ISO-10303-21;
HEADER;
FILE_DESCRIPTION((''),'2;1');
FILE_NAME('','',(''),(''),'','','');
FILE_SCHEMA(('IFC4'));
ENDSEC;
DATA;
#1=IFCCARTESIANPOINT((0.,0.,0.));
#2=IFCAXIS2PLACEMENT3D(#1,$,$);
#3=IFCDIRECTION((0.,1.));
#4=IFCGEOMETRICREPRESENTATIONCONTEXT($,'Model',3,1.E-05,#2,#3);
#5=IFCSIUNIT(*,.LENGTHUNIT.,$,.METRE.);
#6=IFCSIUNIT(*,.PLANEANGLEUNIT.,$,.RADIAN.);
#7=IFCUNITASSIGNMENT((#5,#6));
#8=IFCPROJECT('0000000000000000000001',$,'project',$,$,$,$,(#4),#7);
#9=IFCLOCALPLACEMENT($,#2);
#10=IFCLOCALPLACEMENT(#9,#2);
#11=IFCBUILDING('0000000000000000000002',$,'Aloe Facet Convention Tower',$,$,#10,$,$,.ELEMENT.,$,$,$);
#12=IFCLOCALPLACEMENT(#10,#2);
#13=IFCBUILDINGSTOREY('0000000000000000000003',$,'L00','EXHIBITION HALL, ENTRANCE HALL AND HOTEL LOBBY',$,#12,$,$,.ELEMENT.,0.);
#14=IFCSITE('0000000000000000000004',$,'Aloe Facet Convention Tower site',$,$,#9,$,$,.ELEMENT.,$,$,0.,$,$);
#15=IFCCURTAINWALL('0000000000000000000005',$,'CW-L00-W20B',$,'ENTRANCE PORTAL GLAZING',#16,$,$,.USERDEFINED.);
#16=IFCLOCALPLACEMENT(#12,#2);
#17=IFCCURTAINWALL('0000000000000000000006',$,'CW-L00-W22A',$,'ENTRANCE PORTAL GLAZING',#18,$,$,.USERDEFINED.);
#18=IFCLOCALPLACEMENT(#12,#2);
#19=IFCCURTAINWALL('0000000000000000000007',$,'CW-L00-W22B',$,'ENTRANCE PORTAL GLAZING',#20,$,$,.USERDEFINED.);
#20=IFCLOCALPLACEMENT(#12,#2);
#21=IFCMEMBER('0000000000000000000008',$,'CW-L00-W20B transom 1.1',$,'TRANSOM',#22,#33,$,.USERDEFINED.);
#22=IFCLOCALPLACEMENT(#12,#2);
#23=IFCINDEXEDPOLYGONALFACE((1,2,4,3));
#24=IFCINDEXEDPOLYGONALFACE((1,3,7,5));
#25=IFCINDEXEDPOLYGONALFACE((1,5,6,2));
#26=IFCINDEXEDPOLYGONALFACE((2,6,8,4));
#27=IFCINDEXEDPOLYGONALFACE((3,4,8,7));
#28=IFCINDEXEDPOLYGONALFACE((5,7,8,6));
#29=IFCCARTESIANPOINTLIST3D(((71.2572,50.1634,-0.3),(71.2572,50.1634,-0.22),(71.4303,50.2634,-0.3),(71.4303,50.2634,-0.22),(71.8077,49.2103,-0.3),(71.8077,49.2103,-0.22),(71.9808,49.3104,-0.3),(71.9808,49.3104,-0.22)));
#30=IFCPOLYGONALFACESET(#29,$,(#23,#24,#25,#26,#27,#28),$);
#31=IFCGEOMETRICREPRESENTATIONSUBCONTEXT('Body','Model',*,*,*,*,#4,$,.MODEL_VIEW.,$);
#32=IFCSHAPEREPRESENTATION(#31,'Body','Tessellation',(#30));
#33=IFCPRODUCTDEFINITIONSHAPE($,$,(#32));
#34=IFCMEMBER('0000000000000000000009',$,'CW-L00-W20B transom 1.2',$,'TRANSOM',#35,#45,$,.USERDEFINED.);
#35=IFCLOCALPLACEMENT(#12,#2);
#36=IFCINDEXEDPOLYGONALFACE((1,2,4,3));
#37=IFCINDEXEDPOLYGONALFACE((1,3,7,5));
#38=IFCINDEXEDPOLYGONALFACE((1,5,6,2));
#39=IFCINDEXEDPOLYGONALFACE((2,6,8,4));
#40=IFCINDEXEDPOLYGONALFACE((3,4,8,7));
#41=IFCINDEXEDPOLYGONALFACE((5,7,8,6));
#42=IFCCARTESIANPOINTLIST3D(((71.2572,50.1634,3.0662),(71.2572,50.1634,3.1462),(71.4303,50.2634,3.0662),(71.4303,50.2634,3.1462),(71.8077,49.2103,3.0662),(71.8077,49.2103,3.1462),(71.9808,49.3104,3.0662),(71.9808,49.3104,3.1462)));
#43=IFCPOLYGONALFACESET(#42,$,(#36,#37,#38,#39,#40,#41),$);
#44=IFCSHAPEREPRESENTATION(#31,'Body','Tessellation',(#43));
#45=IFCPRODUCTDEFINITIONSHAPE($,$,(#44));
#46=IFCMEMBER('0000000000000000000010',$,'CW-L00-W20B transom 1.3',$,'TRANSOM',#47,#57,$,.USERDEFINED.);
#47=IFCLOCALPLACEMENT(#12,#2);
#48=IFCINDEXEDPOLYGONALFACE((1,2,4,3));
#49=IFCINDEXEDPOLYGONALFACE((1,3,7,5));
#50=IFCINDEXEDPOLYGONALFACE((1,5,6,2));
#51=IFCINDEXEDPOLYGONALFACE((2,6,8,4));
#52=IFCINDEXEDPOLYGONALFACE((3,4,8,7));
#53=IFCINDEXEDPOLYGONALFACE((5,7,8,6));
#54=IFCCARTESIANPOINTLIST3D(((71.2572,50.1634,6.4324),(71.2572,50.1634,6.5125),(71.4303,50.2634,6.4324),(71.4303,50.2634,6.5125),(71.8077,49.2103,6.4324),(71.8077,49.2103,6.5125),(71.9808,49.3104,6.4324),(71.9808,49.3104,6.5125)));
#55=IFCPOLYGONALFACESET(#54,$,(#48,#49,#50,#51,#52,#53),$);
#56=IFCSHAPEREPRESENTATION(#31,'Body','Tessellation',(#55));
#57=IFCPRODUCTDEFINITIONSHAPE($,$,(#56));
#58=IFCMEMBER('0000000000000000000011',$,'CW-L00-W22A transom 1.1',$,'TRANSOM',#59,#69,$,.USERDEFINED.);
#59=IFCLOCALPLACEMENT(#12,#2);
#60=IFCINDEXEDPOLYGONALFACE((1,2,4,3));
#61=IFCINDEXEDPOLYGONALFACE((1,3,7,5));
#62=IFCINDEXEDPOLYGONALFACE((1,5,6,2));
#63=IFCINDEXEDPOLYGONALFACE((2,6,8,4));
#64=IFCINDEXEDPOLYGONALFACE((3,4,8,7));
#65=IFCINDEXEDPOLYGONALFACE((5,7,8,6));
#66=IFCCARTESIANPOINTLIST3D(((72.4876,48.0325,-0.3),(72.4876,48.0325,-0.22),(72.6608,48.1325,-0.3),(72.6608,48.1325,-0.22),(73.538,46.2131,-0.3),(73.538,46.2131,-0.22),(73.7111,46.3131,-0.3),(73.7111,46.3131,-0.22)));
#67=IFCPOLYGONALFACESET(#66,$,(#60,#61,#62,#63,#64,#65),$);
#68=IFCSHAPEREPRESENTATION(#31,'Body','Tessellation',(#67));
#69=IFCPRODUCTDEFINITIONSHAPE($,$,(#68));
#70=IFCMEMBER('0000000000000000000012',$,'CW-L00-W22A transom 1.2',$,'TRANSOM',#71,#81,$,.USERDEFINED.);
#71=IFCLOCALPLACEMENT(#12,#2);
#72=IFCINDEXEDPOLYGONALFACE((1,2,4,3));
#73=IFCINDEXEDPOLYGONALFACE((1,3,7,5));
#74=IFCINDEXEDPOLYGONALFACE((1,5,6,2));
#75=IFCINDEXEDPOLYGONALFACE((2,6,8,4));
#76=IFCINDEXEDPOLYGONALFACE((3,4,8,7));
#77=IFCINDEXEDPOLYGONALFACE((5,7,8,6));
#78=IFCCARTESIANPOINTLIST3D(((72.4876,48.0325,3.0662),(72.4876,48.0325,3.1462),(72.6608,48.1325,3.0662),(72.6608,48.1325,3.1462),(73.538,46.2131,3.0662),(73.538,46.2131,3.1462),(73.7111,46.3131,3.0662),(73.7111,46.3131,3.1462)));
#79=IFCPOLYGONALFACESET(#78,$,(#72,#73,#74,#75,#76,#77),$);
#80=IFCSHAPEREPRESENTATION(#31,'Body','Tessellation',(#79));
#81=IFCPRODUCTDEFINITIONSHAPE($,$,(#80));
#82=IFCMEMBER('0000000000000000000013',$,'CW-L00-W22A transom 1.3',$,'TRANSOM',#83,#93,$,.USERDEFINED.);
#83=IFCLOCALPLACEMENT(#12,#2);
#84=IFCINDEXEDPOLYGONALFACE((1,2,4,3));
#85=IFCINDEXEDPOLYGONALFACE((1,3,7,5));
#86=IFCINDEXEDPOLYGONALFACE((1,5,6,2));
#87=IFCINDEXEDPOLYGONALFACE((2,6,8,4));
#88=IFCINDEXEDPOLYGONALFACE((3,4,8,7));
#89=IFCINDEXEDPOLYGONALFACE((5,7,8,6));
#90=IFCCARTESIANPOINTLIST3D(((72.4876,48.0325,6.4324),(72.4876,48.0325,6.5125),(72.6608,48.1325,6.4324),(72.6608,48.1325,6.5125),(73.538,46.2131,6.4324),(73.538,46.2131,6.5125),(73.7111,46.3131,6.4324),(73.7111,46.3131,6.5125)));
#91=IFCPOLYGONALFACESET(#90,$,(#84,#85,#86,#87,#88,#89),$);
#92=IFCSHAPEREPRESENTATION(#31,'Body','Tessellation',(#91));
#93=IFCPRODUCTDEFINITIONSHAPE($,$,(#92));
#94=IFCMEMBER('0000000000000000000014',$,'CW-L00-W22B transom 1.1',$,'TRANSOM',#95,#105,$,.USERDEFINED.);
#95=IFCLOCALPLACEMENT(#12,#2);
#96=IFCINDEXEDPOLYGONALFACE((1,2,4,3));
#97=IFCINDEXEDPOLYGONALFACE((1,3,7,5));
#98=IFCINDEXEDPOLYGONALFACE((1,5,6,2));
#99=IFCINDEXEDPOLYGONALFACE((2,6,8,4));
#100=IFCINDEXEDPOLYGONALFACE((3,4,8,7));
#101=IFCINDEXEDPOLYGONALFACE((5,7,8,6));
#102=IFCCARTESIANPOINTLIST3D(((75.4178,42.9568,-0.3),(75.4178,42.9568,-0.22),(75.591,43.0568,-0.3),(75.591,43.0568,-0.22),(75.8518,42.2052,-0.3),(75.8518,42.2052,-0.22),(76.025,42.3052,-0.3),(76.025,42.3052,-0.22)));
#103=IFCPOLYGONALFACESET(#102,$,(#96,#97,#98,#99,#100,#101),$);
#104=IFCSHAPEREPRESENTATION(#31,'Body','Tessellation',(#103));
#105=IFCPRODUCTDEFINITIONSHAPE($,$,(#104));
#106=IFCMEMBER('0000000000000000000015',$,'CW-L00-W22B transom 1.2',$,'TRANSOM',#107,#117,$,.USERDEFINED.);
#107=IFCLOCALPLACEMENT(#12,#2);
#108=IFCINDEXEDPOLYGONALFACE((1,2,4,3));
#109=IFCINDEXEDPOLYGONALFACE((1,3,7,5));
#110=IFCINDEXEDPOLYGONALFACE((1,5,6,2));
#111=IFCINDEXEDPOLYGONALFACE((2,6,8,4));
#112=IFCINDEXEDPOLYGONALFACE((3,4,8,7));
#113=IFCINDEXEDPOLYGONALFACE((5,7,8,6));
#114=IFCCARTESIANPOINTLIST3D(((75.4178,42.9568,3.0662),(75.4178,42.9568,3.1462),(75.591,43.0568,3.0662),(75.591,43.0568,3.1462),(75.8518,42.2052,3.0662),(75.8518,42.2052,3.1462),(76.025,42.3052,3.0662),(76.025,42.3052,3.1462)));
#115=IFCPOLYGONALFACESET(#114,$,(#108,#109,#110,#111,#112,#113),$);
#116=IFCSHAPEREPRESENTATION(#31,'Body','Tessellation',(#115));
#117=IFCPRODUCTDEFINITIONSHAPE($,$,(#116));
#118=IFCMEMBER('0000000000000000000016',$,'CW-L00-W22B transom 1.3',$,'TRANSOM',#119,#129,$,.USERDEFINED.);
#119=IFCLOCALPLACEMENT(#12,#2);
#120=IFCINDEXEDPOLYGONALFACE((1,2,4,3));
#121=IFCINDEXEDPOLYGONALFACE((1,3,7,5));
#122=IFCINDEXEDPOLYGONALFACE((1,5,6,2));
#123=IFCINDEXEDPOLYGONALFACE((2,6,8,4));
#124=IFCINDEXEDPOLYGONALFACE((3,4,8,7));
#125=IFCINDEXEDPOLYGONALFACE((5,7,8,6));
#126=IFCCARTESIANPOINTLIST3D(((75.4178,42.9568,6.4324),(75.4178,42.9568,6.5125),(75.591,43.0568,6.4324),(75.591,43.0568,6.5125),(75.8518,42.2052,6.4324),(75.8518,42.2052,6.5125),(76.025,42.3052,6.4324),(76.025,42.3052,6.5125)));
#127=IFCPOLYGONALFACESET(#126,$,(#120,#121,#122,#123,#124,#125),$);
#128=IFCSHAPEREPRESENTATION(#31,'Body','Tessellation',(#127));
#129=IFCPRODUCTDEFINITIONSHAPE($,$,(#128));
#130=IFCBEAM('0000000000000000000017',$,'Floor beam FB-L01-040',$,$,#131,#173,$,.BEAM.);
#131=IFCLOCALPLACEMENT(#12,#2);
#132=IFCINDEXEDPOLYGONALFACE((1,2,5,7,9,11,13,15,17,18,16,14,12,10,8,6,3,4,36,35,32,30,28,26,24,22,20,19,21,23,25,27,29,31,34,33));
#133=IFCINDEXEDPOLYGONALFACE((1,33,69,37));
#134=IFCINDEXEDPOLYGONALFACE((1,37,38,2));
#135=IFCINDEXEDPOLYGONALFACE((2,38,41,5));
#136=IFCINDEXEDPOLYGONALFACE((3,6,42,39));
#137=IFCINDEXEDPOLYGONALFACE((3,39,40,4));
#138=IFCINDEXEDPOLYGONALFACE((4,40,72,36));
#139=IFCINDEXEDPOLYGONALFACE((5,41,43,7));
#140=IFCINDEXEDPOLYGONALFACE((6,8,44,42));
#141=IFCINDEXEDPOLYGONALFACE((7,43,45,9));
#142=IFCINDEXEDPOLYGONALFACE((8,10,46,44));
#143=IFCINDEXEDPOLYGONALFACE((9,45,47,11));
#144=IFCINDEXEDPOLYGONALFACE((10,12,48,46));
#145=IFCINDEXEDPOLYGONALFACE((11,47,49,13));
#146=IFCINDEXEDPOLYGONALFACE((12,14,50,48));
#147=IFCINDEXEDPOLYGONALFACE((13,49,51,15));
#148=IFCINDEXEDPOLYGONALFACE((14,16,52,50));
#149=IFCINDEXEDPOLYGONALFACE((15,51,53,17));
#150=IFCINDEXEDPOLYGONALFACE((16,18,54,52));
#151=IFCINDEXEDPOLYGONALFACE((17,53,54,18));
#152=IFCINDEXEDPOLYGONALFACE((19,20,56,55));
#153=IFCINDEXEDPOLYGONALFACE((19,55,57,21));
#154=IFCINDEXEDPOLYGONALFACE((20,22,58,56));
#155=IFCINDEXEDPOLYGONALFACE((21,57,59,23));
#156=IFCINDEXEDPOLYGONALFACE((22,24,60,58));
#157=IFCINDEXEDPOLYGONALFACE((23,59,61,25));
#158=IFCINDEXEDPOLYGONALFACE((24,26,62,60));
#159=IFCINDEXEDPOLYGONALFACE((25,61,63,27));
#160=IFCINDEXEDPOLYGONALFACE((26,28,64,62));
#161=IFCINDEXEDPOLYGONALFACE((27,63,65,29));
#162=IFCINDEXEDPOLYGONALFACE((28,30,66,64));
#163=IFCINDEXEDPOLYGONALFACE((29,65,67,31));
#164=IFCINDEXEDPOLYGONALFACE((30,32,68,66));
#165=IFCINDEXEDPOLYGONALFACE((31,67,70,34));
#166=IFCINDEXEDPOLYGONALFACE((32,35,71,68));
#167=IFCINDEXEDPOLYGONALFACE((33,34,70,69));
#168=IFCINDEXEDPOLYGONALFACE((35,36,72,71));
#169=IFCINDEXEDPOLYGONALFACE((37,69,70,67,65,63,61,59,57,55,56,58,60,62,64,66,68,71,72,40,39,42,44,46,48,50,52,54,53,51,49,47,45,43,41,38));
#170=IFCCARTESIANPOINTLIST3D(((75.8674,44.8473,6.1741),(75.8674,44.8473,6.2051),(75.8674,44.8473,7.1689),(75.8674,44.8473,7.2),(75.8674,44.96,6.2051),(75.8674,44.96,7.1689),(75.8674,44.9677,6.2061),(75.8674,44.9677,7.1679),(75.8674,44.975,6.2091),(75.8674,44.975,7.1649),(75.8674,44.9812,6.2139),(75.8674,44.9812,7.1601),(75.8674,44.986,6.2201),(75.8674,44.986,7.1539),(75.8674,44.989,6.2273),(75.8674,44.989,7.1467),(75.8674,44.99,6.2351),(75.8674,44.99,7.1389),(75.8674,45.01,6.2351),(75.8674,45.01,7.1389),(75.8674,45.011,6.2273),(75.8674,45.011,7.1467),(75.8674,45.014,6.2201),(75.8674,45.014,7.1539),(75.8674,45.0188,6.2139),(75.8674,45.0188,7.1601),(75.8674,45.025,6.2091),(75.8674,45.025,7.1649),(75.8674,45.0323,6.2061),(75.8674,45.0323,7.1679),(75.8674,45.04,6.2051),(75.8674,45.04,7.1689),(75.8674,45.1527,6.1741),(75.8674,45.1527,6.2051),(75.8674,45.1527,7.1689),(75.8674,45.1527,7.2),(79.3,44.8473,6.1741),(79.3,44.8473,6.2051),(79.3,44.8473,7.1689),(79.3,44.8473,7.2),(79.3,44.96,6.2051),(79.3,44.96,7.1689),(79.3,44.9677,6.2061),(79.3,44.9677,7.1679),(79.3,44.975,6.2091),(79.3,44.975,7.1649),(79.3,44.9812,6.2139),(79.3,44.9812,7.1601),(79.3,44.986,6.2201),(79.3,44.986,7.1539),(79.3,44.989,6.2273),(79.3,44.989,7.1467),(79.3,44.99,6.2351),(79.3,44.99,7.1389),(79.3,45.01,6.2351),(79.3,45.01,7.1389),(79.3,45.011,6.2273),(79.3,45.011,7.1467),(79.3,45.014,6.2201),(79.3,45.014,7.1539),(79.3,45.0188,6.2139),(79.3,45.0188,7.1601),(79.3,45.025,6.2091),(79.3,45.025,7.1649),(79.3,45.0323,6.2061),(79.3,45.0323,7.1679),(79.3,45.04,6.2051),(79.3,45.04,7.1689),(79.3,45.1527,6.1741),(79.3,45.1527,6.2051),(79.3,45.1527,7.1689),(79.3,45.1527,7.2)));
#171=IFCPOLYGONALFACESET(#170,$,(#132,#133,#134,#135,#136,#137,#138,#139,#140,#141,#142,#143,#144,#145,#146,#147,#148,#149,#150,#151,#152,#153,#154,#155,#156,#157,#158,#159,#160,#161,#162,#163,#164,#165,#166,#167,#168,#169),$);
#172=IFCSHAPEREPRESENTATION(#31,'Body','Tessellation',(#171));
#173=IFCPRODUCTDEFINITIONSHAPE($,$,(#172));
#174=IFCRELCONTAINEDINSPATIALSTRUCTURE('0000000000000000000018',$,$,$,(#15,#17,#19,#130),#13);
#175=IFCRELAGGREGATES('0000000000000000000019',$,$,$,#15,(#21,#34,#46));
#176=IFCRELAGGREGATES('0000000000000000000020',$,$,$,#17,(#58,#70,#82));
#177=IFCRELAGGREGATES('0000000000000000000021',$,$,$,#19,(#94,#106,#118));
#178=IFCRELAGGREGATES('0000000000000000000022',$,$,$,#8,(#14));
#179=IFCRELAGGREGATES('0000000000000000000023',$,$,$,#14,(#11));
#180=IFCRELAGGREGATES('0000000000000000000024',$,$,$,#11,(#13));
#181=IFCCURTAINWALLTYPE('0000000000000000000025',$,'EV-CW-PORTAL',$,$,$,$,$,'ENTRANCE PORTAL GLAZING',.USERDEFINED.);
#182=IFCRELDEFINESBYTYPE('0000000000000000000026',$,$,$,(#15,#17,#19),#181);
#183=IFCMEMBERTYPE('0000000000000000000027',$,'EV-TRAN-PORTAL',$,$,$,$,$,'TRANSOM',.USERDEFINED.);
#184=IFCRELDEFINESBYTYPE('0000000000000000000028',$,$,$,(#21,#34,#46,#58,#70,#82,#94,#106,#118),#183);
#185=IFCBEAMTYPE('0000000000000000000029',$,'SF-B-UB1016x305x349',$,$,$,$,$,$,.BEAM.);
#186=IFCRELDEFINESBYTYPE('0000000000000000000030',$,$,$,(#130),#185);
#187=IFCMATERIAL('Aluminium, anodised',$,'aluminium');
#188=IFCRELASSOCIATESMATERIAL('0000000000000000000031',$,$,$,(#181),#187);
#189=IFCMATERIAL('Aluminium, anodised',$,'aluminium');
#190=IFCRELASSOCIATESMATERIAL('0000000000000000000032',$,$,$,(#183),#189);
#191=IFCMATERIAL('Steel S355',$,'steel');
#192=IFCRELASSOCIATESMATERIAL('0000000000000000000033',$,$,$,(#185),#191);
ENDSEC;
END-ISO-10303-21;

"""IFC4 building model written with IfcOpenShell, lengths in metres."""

from ifc_helpers import new_model, si_unit, direction, frame, origin, origin_2d, place, context, subcontext, project, spatial, rectangle, i_section, extrude, material, material_profile, profile_set, type_object, element, aggregate, save


model = new_model("IFC4")

# Units and contexts
model_context = context("Model", 3, precision=1e-05, world=origin(), true_north=direction((0.0, 1.0)))
body_context = subcontext(model_context, "Body", "Model", "MODEL_VIEW")
ifc_project = project(units=[si_unit("LENGTHUNIT", "METRE"), si_unit("PLANEANGLEUNIT", "RADIAN")], contexts=[model_context])

# Site, building, storey
site_placement = place(None, origin())
site = spatial("IfcSite", under=ifc_project, at=site_placement, Name="Aloe Facet Convention Tower site", CompositionType="ELEMENT", RefElevation=0.0)
building_placement = place(site_placement, origin())
building = spatial("IfcBuilding", under=site, at=building_placement, Name="Aloe Facet Convention Tower", CompositionType="ELEMENT")
storey_placement = place(building_placement, origin())
storey = spatial("IfcBuildingStorey", under=building, at=storey_placement, Name="L00", Description="EXHIBITION HALL, ENTRANCE HALL AND HOTEL LOBBY", CompositionType="ELEMENT", Elevation=0.0)

# Curtain wall
ifc_material_1 = material(Name="Aluminium, anodised", Category="aluminium")
curtain_wall_type = type_object("IfcCurtainWallType", Name="EV-CW-PORTAL", ElementType="ENTRANCE PORTAL GLAZING", PredefinedType="USERDEFINED", material=ifc_material_1)
curtain_wall_1_placement = place(storey_placement, origin())
curtain_wall_1 = element("IfcCurtainWall", 1, at=curtain_wall_1_placement, inside=storey, type_object=curtain_wall_type, Name="CW-L00-W20B", ObjectType="ENTRANCE PORTAL GLAZING", PredefinedType="USERDEFINED")

# Curtain walls
curtain_wall_2_placement = place(storey_placement, origin())
curtain_wall_2 = element("IfcCurtainWall", 2, at=curtain_wall_2_placement, inside=storey, type_object=curtain_wall_type, Name="CW-L00-W22A", ObjectType="ENTRANCE PORTAL GLAZING", PredefinedType="USERDEFINED")
curtain_wall_3_placement = place(storey_placement, origin())
curtain_wall_3 = element("IfcCurtainWall", 3, at=curtain_wall_3_placement, inside=storey, type_object=curtain_wall_type, Name="CW-L00-W22B", ObjectType="ENTRANCE PORTAL GLAZING", PredefinedType="USERDEFINED")

# Members
ifc_material_2 = material(Name="Aluminium, anodised", Category="aluminium")
ifc_material_profile_1 = material_profile(ifc_material_2, rectangle(XDim=0.2, YDim=0.0801, at=origin_2d()), Name="AL 200x80")
ifc_profile_set_1 = profile_set([ifc_material_profile_1], Name="Aluminium, anodised")
member_type_1 = type_object("IfcMemberType", Name="EV-TRAN-PORTAL", ElementType="TRANSOM", PredefinedType="USERDEFINED", material=ifc_profile_set_1)
member_1_placement = place(storey_placement, frame((71.3438, 50.2134, -0.26), z_axis=(0.50017, -0.865927, 0.0), x_axis=(0.865927, 0.50017, 0.0)))
member_1 = element("IfcMember", 4, at=member_1_placement, type_object=member_type_1, Name="CW-L00-W20B transom 1.1", ObjectType="TRANSOM", PredefinedType="USERDEFINED", context=body_context, shape_type="SweptSolid", body=[
    extrude(rectangle(XDim=0.2, YDim=0.0801, at=origin_2d()), origin(), (0.0, 0.0, 1.0), 1.1006),
])
member_2_placement = place(storey_placement, frame((71.3438, 50.2134, 3.1062), z_axis=(0.50017, -0.865927, 0.0), x_axis=(0.865927, 0.50017, 0.0)))
member_2 = element("IfcMember", 5, at=member_2_placement, type_object=member_type_1, Name="CW-L00-W20B transom 1.2", ObjectType="TRANSOM", PredefinedType="USERDEFINED", context=body_context, shape_type="SweptSolid", body=[
    extrude(rectangle(XDim=0.2, YDim=0.0801, at=origin_2d()), origin(), (0.0, 0.0, 1.0), 1.1006),
])
member_3_placement = place(storey_placement, frame((71.3438, 50.2134, 6.4724), z_axis=(0.50017, -0.865927, 0.0), x_axis=(0.865927, 0.50017, 0.0)))
member_3 = element("IfcMember", 6, at=member_3_placement, type_object=member_type_1, Name="CW-L00-W20B transom 1.3", ObjectType="TRANSOM", PredefinedType="USERDEFINED", context=body_context, shape_type="SweptSolid", body=[
    extrude(rectangle(XDim=0.2, YDim=0.0801, at=origin_2d()), origin(), (0.0, 0.0, 1.0), 1.1006),
])
member_4_placement = place(storey_placement, frame((72.5742, 48.0825, -0.26), z_axis=(0.499964, -0.866046, 0.0), x_axis=(0.866046, 0.499964, 0.0)))
member_4 = element("IfcMember", 7, at=member_4_placement, type_object=member_type_1, Name="CW-L00-W22A transom 1.1", ObjectType="TRANSOM", PredefinedType="USERDEFINED", context=body_context, shape_type="SweptSolid", body=[
    extrude(rectangle(XDim=0.2, YDim=0.0801, at=origin_2d()), origin(), (0.0, 0.0, 1.0), 2.1008),
])
member_5_placement = place(storey_placement, frame((72.5742, 48.0825, 3.1062), z_axis=(0.499964, -0.866046, 0.0), x_axis=(0.866046, 0.499964, 0.0)))
member_5 = element("IfcMember", 8, at=member_5_placement, type_object=member_type_1, Name="CW-L00-W22A transom 1.2", ObjectType="TRANSOM", PredefinedType="USERDEFINED", context=body_context, shape_type="SweptSolid", body=[
    extrude(rectangle(XDim=0.2, YDim=0.0801, at=origin_2d()), origin(), (0.0, 0.0, 1.0), 2.1008),
])
member_6_placement = place(storey_placement, frame((72.5742, 48.0825, 6.4724), z_axis=(0.499964, -0.866046, 0.0), x_axis=(0.866046, 0.499964, 0.0)))
member_6 = element("IfcMember", 9, at=member_6_placement, type_object=member_type_1, Name="CW-L00-W22A transom 1.3", ObjectType="TRANSOM", PredefinedType="USERDEFINED", context=body_context, shape_type="SweptSolid", body=[
    extrude(rectangle(XDim=0.2, YDim=0.0801, at=origin_2d()), origin(), (0.0, 0.0, 1.0), 2.1008),
])
member_7_placement = place(storey_placement, frame((75.5044, 43.0068, -0.26), z_axis=(0.500071, -0.865984, 0.0), x_axis=(0.865984, 0.500071, 0.0)))
member_7 = element("IfcMember", 10, at=member_7_placement, type_object=member_type_1, Name="CW-L00-W22B transom 1.1", ObjectType="TRANSOM", PredefinedType="USERDEFINED", context=body_context, shape_type="SweptSolid", body=[
    extrude(rectangle(XDim=0.2, YDim=0.0801, at=origin_2d()), origin(), (0.0, 0.0, 1.0), 0.8679),
])
member_8_placement = place(storey_placement, frame((75.5044, 43.0068, 3.1062), z_axis=(0.500071, -0.865984, 0.0), x_axis=(0.865984, 0.500071, 0.0)))
member_8 = element("IfcMember", 11, at=member_8_placement, type_object=member_type_1, Name="CW-L00-W22B transom 1.2", ObjectType="TRANSOM", PredefinedType="USERDEFINED", context=body_context, shape_type="SweptSolid", body=[
    extrude(rectangle(XDim=0.2, YDim=0.0801, at=origin_2d()), origin(), (0.0, 0.0, 1.0), 0.8679),
])
member_9_placement = place(storey_placement, frame((75.5044, 43.0068, 6.4724), z_axis=(0.500071, -0.865984, 0.0), x_axis=(0.865984, 0.500071, 0.0)))
member_9 = element("IfcMember", 12, at=member_9_placement, type_object=member_type_1, Name="CW-L00-W22B transom 1.3", ObjectType="TRANSOM", PredefinedType="USERDEFINED", context=body_context, shape_type="SweptSolid", body=[
    extrude(rectangle(XDim=0.2, YDim=0.0801, at=origin_2d()), origin(), (0.0, 0.0, 1.0), 0.8679),
])

# Beam
ifc_material_3 = material(Name="Steel S355", Category="steel")
ifc_material_profile_2 = material_profile(ifc_material_3, i_section(OverallWidth=0.3054, OverallDepth=1.0259, WebThickness=0.02, FlangeThickness=0.031, FilletRadius=0.03, at=origin_2d()), Name="UB 1016x305x349")
ifc_profile_set_2 = profile_set([ifc_material_profile_2], Name="Steel S355")
beam_type_1 = type_object("IfcBeamType", Name="SF-B-UB1016x305x349", PredefinedType="BEAM", material=ifc_profile_set_2)
beam_1_placement = place(storey_placement, frame((75.8674, 45.0, 6.687), z_axis=(1.0, 0.0, 0.0), x_axis=(0.0, 1.0, 0.0)))
element("IfcBeam", 13, at=beam_1_placement, inside=storey, type_object=beam_type_1, Name="Floor beam FB-L01-040", PredefinedType="BEAM", context=body_context, shape_type="SweptSolid", body=[
    extrude(i_section(OverallWidth=0.3054, OverallDepth=1.0259, WebThickness=0.02, FlangeThickness=0.031, FilletRadius=0.03, at=origin_2d()), origin(), (0.0, 0.0, 1.0), 3.4326),
])

aggregate(curtain_wall_1, [member_1, member_2, member_3])
aggregate(curtain_wall_2, [member_4, member_5, member_6])
aggregate(curtain_wall_3, [member_7, member_8, member_9])

save(model, "model.ifc")
